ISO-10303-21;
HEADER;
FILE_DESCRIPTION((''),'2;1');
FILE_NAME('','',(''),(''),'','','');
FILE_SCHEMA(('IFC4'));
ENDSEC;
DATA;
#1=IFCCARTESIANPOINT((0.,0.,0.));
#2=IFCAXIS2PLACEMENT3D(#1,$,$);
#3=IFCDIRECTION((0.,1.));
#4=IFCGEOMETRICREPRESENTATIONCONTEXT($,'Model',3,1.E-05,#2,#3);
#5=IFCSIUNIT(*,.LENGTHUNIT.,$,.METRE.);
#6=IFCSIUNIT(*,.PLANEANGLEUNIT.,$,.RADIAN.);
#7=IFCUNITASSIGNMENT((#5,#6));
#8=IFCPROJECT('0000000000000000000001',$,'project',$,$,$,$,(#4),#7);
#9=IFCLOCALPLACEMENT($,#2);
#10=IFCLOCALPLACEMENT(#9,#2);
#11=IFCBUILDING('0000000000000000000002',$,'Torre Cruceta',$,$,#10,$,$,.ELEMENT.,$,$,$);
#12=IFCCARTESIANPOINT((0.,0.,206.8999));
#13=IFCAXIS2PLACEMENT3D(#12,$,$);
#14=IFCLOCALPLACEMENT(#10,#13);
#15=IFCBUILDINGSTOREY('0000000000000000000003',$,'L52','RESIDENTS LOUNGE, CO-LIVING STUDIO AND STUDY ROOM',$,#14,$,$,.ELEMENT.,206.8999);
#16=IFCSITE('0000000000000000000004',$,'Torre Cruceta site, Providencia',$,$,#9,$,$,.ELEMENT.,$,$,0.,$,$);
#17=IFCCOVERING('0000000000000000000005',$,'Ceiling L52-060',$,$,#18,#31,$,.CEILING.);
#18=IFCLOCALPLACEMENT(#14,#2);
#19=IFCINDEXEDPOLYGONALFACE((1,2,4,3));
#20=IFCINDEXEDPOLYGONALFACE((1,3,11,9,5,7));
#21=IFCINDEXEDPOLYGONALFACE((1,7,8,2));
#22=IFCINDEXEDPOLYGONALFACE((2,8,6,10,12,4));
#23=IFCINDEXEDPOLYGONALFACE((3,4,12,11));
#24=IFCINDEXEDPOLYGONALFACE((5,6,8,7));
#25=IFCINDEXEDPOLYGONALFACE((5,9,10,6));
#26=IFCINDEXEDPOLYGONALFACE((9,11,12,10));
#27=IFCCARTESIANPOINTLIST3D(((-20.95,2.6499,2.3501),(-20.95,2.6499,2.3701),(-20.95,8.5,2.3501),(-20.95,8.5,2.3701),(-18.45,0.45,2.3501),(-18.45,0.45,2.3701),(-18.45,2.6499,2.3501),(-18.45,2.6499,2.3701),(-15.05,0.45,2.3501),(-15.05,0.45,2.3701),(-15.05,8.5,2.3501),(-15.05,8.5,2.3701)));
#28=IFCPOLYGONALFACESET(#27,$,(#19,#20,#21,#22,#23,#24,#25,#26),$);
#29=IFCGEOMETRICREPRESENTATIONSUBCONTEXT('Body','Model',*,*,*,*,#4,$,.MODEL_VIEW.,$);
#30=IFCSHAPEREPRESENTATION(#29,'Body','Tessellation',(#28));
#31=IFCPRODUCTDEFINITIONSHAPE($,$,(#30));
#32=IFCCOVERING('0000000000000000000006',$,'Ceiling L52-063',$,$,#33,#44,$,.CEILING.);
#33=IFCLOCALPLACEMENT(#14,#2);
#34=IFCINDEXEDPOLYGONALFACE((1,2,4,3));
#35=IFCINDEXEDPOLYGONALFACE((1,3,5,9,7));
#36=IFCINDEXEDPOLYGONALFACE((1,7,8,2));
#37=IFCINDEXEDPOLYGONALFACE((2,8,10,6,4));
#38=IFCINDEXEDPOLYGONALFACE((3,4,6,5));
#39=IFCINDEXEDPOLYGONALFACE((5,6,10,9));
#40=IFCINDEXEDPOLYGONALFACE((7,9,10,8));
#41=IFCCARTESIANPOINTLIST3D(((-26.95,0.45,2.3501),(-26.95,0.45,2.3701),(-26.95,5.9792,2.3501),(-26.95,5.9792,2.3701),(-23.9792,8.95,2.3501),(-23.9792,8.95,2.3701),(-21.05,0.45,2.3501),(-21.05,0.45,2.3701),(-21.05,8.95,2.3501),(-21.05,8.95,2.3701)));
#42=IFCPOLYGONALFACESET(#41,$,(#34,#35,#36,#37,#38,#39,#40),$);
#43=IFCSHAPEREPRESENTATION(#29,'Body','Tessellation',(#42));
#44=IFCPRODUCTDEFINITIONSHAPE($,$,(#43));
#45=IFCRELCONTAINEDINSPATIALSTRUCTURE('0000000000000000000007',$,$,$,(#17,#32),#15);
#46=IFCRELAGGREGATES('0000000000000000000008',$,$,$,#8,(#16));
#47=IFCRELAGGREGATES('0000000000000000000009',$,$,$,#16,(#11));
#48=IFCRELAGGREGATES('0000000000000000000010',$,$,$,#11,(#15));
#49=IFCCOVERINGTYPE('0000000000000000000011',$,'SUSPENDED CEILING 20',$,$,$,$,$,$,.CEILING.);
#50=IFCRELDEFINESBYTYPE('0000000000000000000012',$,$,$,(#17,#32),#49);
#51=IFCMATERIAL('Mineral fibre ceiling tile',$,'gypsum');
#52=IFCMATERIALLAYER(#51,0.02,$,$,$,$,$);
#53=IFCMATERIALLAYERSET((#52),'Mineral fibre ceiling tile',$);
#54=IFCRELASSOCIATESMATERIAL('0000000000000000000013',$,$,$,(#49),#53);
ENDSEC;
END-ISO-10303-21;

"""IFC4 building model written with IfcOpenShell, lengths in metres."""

from ifc_helpers import new_model, si_unit, direction, frame, origin, place, context, subcontext, project, spatial, polyline, outline, extrude, material, layer, layer_set, type_object, element, save


model = new_model("IFC4")

# Units and contexts
model_context = context("Model", 3, precision=1e-05, world=origin(), true_north=direction((0.0, 1.0)))
body_context = subcontext(model_context, "Body", "Model", "MODEL_VIEW")
ifc_project = project(units=[si_unit("LENGTHUNIT", "METRE"), si_unit("PLANEANGLEUNIT", "RADIAN")], contexts=[model_context])

# Site, building, storey
site_placement = place(None, origin())
site = spatial("IfcSite", under=ifc_project, at=site_placement, Name="Torre Cruceta site, Providencia", CompositionType="ELEMENT", RefElevation=0.0)
building_placement = place(site_placement, origin())
building = spatial("IfcBuilding", under=site, at=building_placement, Name="Torre Cruceta", CompositionType="ELEMENT")
storey_placement = place(building_placement, frame((0.0, 0.0, 206.8999)))
storey = spatial("IfcBuildingStorey", under=building, at=storey_placement, Name="L52", Description="RESIDENTS LOUNGE, CO-LIVING STUDIO AND STUDY ROOM", CompositionType="ELEMENT", Elevation=206.8999)

# Coverings
ifc_material_1 = material(Name="Mineral fibre ceiling tile", Category="gypsum")
ifc_layer_1 = layer(ifc_material_1, 0.02)
ifc_layer_set_1 = layer_set([ifc_layer_1], Name="Mineral fibre ceiling tile")
covering_type = type_object("IfcCoveringType", Name="SUSPENDED CEILING 20", PredefinedType="CEILING", material=ifc_layer_set_1)
covering_1_placement = place(storey_placement, frame((0.0, 0.0, 2.3501)))
element("IfcCovering", 1, at=covering_1_placement, inside=storey, type_object=covering_type, Name="Ceiling L52-060", PredefinedType="CEILING", context=body_context, shape_type="SweptSolid", body=[
    extrude(outline(polyline([(-20.95, 8.5), (-15.05, 8.5), (-15.05, 0.45), (-18.45, 0.45), (-18.45, 2.6499), (-20.95, 2.6499), (-20.95, 8.5)])), origin(), (0.0, 0.0, 1.0), 0.02),
])
covering_2_placement = place(storey_placement, frame((0.0, 0.0, 2.3501)))
element("IfcCovering", 2, at=covering_2_placement, inside=storey, type_object=covering_type, Name="Ceiling L52-063", PredefinedType="CEILING", context=body_context, shape_type="SweptSolid", body=[
    extrude(outline(polyline([(-23.9792, 8.95), (-21.05, 8.95), (-21.05, 0.45), (-26.95, 0.45), (-26.95, 5.9792), (-23.9792, 8.95)])), origin(), (0.0, 0.0, 1.0), 0.02),
])

save(model, "model.ifc")
